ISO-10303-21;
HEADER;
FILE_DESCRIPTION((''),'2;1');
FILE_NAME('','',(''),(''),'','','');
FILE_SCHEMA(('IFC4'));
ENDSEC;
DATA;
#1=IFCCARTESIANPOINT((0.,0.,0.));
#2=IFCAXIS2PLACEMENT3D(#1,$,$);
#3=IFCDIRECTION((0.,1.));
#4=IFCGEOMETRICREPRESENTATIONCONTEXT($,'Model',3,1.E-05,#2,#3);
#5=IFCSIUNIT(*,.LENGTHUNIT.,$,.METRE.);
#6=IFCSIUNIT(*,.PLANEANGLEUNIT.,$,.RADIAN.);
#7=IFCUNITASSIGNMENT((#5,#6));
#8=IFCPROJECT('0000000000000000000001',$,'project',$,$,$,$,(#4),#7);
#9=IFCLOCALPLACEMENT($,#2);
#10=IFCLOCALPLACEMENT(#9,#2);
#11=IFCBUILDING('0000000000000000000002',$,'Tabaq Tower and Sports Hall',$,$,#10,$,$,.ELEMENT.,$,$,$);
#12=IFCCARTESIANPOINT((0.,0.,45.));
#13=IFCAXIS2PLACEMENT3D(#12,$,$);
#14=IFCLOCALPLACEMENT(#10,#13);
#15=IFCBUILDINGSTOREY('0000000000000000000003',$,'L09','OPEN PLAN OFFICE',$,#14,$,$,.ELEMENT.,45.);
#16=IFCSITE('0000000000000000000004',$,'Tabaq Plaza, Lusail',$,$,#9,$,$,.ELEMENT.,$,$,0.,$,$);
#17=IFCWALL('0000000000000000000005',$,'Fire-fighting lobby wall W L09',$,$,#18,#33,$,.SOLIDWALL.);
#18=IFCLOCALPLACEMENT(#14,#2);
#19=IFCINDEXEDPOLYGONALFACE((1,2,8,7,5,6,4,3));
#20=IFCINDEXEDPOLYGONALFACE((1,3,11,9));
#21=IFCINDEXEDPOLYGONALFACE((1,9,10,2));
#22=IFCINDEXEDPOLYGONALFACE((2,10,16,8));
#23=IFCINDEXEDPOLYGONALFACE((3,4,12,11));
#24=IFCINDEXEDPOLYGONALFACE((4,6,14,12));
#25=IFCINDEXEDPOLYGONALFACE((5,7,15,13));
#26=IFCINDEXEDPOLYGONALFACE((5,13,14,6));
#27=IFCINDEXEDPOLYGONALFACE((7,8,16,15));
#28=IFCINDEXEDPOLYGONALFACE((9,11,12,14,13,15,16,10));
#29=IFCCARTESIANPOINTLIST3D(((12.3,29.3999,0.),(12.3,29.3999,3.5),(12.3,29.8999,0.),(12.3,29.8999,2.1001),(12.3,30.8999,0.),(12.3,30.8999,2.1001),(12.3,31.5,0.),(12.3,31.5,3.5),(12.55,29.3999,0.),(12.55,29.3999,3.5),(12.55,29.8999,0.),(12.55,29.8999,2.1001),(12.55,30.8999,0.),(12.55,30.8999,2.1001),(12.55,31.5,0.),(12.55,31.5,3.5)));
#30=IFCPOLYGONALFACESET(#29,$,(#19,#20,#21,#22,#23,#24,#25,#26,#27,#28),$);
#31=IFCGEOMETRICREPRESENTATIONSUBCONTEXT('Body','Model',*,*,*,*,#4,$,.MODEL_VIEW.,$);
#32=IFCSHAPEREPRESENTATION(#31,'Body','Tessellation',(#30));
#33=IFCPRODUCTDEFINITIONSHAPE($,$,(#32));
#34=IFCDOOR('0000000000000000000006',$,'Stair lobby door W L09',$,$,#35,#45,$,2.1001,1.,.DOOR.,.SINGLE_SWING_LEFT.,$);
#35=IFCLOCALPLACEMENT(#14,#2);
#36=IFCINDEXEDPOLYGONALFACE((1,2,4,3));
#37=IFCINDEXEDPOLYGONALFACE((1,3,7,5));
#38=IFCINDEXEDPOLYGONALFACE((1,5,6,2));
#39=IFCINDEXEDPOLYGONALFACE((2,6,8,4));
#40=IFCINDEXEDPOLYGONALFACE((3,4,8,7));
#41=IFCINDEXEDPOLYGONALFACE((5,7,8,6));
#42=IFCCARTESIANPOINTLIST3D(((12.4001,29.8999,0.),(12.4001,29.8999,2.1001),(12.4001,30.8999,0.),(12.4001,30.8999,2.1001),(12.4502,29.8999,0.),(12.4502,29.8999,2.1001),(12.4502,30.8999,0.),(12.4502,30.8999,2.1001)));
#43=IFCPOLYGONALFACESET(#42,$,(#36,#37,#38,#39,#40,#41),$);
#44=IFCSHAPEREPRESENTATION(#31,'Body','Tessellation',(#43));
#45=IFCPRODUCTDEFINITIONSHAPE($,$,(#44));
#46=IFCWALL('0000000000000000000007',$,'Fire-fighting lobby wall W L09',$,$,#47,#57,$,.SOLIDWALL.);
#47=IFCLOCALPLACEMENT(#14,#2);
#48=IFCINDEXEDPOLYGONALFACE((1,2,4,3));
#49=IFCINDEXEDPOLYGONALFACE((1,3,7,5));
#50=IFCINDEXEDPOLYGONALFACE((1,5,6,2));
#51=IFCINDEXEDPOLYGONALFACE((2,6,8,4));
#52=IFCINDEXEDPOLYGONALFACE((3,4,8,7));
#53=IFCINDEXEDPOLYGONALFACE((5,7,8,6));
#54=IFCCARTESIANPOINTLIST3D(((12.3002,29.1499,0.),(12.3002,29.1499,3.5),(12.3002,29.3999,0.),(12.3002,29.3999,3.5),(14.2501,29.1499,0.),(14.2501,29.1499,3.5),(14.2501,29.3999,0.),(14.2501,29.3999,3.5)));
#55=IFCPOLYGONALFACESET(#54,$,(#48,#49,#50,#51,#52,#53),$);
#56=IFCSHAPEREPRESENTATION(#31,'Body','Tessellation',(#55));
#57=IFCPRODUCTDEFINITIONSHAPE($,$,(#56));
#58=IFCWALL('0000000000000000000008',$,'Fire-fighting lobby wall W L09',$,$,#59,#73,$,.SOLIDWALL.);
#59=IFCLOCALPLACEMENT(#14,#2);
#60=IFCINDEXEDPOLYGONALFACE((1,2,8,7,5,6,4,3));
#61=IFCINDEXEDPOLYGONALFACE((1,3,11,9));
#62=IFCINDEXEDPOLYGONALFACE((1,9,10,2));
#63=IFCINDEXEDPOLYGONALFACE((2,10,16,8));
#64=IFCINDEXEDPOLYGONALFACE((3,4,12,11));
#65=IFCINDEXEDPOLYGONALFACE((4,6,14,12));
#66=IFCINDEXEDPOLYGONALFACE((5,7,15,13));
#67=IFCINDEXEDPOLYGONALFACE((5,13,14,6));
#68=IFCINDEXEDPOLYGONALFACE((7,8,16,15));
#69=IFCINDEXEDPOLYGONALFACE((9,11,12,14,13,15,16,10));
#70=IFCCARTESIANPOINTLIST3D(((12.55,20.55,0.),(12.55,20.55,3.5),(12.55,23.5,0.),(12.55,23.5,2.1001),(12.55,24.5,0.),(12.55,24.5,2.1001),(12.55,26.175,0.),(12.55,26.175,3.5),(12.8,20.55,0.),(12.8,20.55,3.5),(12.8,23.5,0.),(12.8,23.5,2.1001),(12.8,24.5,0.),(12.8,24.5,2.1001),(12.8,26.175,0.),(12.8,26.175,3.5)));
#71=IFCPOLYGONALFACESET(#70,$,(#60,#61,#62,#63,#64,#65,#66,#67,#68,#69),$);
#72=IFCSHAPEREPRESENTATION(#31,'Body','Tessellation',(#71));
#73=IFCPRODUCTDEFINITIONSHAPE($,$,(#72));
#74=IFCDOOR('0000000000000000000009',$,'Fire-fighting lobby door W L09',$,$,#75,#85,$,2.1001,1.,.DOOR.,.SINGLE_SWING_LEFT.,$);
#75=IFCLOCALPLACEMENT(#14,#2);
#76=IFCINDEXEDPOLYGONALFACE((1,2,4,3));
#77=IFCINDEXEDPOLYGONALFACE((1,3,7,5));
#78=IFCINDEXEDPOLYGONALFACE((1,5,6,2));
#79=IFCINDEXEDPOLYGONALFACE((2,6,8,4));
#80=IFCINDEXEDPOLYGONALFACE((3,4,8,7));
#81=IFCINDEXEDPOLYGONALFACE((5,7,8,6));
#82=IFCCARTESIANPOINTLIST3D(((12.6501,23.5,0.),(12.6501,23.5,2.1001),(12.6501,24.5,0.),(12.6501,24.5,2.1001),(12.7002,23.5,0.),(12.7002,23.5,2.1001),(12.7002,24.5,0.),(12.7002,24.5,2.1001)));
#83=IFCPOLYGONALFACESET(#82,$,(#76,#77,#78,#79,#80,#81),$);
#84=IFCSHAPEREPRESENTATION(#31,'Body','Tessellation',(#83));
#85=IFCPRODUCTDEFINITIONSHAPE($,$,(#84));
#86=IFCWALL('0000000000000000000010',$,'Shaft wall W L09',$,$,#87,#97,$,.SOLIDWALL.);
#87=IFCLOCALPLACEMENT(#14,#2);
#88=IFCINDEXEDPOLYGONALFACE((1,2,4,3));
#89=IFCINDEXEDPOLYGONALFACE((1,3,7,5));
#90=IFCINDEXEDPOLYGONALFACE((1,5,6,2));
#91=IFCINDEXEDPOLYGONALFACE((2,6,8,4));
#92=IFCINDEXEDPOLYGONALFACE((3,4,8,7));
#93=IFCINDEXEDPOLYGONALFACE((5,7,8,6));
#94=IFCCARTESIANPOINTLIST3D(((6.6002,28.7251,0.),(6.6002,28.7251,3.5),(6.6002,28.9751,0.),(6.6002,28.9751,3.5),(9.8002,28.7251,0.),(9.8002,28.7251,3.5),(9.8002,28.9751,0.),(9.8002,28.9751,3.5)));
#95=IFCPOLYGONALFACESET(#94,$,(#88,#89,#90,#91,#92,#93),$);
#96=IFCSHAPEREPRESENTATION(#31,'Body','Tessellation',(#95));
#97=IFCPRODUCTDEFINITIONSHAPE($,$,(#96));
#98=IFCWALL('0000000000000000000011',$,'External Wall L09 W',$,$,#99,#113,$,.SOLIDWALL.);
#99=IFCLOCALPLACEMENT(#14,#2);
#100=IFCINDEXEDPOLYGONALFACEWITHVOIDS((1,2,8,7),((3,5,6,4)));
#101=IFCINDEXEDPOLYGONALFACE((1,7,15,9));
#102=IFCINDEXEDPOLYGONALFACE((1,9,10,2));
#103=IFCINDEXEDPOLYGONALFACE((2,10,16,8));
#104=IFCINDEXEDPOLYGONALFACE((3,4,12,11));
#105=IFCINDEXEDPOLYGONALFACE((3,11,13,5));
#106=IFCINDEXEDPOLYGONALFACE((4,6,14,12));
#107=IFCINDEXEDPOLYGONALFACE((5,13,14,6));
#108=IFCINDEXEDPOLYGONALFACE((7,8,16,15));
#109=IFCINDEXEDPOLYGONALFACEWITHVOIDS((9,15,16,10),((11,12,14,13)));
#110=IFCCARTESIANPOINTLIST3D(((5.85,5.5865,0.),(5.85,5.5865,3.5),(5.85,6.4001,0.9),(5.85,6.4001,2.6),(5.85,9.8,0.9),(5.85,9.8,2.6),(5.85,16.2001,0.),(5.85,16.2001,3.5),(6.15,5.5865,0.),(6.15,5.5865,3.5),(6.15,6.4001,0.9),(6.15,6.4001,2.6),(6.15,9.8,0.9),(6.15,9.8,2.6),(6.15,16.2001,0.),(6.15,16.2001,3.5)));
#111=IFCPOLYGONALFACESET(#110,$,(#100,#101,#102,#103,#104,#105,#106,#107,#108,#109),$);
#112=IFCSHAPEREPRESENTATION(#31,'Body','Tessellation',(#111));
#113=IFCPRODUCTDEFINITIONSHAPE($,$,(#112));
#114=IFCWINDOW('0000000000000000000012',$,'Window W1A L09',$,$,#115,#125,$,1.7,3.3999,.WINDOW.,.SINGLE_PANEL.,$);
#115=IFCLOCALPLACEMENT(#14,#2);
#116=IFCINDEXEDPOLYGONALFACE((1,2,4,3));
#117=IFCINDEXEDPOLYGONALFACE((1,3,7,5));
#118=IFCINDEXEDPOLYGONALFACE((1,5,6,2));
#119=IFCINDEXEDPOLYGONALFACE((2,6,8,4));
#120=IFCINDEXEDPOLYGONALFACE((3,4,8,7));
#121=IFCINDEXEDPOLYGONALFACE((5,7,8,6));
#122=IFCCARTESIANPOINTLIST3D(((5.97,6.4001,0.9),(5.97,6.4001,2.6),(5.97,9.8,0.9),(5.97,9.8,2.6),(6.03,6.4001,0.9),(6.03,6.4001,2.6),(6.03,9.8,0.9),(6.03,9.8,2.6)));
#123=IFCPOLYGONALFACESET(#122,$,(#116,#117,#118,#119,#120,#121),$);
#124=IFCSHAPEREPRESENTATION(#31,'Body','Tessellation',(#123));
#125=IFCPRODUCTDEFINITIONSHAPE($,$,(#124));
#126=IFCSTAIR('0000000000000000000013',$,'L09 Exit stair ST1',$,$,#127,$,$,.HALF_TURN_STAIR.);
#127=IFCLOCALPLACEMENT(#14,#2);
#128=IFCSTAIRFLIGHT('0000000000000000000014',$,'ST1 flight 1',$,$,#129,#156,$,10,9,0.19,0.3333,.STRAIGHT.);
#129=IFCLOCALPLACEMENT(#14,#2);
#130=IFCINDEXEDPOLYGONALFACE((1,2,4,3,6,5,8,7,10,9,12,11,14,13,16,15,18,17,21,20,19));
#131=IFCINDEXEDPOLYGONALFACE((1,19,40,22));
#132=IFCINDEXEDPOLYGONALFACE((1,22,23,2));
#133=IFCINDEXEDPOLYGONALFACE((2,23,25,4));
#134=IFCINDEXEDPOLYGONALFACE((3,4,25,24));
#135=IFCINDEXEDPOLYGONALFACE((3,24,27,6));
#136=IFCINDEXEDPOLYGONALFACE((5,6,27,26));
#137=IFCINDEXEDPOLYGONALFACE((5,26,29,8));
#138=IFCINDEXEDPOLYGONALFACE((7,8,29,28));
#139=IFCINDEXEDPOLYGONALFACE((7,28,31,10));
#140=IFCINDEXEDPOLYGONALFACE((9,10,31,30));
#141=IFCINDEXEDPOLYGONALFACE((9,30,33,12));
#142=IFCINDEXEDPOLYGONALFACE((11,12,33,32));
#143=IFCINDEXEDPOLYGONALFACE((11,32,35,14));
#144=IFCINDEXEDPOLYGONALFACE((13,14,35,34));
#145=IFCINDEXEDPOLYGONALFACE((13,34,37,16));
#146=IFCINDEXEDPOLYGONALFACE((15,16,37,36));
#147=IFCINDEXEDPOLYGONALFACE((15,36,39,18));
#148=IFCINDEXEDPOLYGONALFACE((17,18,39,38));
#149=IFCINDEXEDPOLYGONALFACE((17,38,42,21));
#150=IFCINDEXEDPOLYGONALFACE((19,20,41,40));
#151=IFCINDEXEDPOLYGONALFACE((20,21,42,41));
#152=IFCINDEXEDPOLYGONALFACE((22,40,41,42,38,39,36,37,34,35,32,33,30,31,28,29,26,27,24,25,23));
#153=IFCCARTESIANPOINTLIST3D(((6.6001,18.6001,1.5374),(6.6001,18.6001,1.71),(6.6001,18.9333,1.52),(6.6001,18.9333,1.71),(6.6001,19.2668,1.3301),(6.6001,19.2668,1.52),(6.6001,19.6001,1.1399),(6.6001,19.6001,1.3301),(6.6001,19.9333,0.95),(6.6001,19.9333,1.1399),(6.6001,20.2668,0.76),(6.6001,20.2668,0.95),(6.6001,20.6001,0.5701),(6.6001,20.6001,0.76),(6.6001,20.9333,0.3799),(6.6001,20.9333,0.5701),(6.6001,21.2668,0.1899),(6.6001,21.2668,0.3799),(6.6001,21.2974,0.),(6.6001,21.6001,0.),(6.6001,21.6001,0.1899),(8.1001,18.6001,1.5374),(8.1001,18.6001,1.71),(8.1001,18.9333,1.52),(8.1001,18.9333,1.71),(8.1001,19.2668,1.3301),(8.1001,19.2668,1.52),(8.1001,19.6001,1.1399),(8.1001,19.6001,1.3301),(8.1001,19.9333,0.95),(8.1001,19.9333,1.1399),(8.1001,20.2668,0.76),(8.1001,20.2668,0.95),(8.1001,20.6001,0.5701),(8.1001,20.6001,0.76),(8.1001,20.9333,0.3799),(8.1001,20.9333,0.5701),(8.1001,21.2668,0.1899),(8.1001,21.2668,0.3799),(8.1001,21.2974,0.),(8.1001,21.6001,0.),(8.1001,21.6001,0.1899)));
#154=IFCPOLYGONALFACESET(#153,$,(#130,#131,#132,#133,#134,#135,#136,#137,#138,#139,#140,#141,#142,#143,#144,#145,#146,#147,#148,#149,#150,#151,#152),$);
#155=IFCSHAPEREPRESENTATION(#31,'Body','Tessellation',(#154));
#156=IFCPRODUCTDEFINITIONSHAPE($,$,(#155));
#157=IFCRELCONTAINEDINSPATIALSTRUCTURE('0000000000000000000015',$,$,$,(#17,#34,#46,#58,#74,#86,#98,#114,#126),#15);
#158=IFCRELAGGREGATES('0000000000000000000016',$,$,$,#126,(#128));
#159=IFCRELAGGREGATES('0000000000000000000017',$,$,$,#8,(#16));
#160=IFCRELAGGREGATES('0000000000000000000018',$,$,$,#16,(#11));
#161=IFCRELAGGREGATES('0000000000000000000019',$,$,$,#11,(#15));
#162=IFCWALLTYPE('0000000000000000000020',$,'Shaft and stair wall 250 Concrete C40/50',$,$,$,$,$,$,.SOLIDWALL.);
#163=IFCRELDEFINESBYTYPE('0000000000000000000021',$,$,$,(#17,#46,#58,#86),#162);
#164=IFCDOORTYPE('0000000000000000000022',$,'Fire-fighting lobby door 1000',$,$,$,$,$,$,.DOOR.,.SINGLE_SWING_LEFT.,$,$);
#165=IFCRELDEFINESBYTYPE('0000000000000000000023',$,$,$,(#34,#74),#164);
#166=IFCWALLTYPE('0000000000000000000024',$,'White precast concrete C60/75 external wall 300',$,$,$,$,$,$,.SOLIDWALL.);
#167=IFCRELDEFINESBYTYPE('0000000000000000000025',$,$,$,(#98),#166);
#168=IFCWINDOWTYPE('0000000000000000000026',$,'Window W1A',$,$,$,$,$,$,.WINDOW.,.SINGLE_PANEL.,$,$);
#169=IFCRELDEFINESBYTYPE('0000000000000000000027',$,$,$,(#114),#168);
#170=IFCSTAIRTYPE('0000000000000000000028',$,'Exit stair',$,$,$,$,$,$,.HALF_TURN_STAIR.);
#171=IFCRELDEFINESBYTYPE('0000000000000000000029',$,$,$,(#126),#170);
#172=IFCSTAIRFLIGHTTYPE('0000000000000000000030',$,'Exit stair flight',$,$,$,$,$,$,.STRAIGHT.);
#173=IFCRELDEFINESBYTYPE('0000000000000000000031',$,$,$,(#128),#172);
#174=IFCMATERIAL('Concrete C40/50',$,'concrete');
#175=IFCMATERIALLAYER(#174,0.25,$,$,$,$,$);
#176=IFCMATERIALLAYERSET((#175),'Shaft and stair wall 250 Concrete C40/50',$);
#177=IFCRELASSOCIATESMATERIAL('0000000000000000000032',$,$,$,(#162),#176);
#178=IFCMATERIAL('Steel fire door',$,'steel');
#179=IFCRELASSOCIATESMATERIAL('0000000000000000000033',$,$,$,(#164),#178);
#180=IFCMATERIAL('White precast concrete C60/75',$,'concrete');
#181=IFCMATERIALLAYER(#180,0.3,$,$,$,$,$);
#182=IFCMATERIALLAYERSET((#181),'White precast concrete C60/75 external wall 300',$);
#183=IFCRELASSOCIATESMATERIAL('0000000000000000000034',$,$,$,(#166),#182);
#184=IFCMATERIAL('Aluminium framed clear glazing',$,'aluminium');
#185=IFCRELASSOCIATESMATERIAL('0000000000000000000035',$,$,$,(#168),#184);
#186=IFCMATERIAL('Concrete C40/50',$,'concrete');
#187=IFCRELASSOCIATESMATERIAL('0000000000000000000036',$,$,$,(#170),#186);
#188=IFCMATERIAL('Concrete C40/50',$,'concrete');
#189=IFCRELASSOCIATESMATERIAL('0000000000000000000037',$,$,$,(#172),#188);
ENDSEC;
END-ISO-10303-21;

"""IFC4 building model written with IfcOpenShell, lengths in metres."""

from ifc_helpers import new_model, si_unit, direction, frame, frame_2d, origin, place, context, subcontext, project, spatial, polyline, rectangle, outline, extrude, material, layer, layer_set, type_object, element, fill, aggregate, save


model = new_model("IFC4")

# Units and contexts
model_context = context("Model", 3, precision=1e-05, world=origin(), true_north=direction((0.0, 1.0)))
body_context = subcontext(model_context, "Body", "Model", "MODEL_VIEW")
ifc_project = project(units=[si_unit("LENGTHUNIT", "METRE"), si_unit("PLANEANGLEUNIT", "RADIAN")], contexts=[model_context])

# Site, building, storey
site_placement = place(None, origin())
site = spatial("IfcSite", under=ifc_project, at=site_placement, Name="Tabaq Plaza, Lusail", CompositionType="ELEMENT", RefElevation=0.0)
building_placement = place(site_placement, origin())
building = spatial("IfcBuilding", under=site, at=building_placement, Name="Tabaq Tower and Sports Hall", CompositionType="ELEMENT")
storey_placement = place(building_placement, frame((0.0, 0.0, 45.0)))
storey = spatial("IfcBuildingStorey", under=building, at=storey_placement, Name="L09", Description="OPEN PLAN OFFICE", CompositionType="ELEMENT", Elevation=45.0)

# Shared definitions
ifc_material_1 = material(Name="Concrete C40/50", Category="concrete")
ifc_layer_1 = layer(ifc_material_1, 0.25)
ifc_layer_set_1 = layer_set([ifc_layer_1], Name="Shaft and stair wall 250 Concrete C40/50")
wall_type_1 = type_object("IfcWallType", Name="Shaft and stair wall 250 Concrete C40/50", PredefinedType="SOLIDWALL", material=ifc_layer_set_1)

# Wall, opening, door
wall_1_placement = place(storey_placement, frame((12.425, 29.3999, 0.0), z_axis=(0.0, 0.0, 1.0), x_axis=(0.0, 1.0, 0.0)))
wall_1 = element("IfcWall", 1, at=wall_1_placement, inside=storey, type_object=wall_type_1, Name="Fire-fighting lobby wall W L09", PredefinedType="SOLIDWALL", context=body_context, shape_type="SweptSolid", body=[
    extrude(rectangle(XDim=2.1001, YDim=0.25, at=frame_2d((1.05, 0.0))), origin(), (0.0, 0.0, 1.0), 3.5),
])
opening_1_placement = place(wall_1_placement, frame((0.5, 0.0, 0.0)))
opening_1 = element("IfcOpeningElement", 2, at=opening_1_placement, cuts=wall_1, PredefinedType="OPENING", context=body_context, shape_type="SweptSolid", body=[
    extrude(rectangle(XDim=1.0, YDim=2.1001, at=frame_2d((0.5, 1.05))), frame((0.0, 0.125, 0.0), z_axis=(0.0, -1.0, 0.0), x_axis=(1.0, 0.0, 0.0)), (0.0, 0.0, 1.0), 0.25),
])
ifc_material_2 = material(Name="Steel fire door", Category="steel")
door_type_1 = type_object("IfcDoorType", Name="Fire-fighting lobby door 1000", OperationType="SINGLE_SWING_LEFT", PredefinedType="DOOR", material=ifc_material_2)
door_1_placement = place(opening_1_placement, origin())
door_1 = element("IfcDoor", 3, at=door_1_placement, inside=storey, type_object=door_type_1, Name="Stair lobby door W L09", OperationType="SINGLE_SWING_LEFT", OverallHeight=2.1001, OverallWidth=1.0, PredefinedType="DOOR", context=body_context, shape_type="SweptSolid", body=[
    extrude(rectangle(XDim=1.0, YDim=2.1001, at=frame_2d((0.5, 1.05))), frame((0.0, 0.0249, 0.0), z_axis=(0.0, -1.0, 0.0), x_axis=(1.0, 0.0, 0.0)), (0.0, 0.0, 1.0), 0.05),
])
fill(opening_1, door_1)

# Wall
wall_2_placement = place(storey_placement, frame((12.3, 29.2749, 0.0), z_axis=(0.0, 0.0, 1.0), x_axis=(1.0, 0.0, 0.0)))
element("IfcWall", 4, at=wall_2_placement, inside=storey, type_object=wall_type_1, Name="Fire-fighting lobby wall W L09", PredefinedType="SOLIDWALL", context=body_context, shape_type="SweptSolid", body=[
    extrude(rectangle(XDim=1.95, YDim=0.25, at=frame_2d((0.9751, 0.0))), origin(), (0.0, 0.0, 1.0), 3.5),
])

# Wall, opening, door
wall_3_placement = place(storey_placement, frame((12.675, 20.55, 0.0), z_axis=(0.0, 0.0, 1.0), x_axis=(0.0, 1.0, 0.0)))
wall_3 = element("IfcWall", 5, at=wall_3_placement, inside=storey, type_object=wall_type_1, Name="Fire-fighting lobby wall W L09", PredefinedType="SOLIDWALL", context=body_context, shape_type="SweptSolid", body=[
    extrude(rectangle(XDim=5.625, YDim=0.25, at=frame_2d((2.8125, 0.0))), origin(), (0.0, 0.0, 1.0), 3.5),
])
opening_2_placement = place(wall_3_placement, frame((2.95, 0.0, 0.0)))
opening_2 = element("IfcOpeningElement", 6, at=opening_2_placement, cuts=wall_3, PredefinedType="OPENING", context=body_context, shape_type="SweptSolid", body=[
    extrude(rectangle(XDim=1.0, YDim=2.1001, at=frame_2d((0.5, 1.05))), frame((0.0, 0.125, 0.0), z_axis=(0.0, -1.0, 0.0), x_axis=(1.0, 0.0, 0.0)), (0.0, 0.0, 1.0), 0.25),
])
door_2_placement = place(opening_2_placement, origin())
door_2 = element("IfcDoor", 7, at=door_2_placement, inside=storey, type_object=door_type_1, Name="Fire-fighting lobby door W L09", OperationType="SINGLE_SWING_LEFT", OverallHeight=2.1001, OverallWidth=1.0, PredefinedType="DOOR", context=body_context, shape_type="SweptSolid", body=[
    extrude(rectangle(XDim=1.0, YDim=2.1001, at=frame_2d((0.5, 1.05))), frame((0.0, 0.0249, 0.0), z_axis=(0.0, -1.0, 0.0), x_axis=(1.0, 0.0, 0.0)), (0.0, 0.0, 1.0), 0.05),
])
fill(opening_2, door_2)

# Wall
wall_4_placement = place(storey_placement, frame((6.6001, 28.8501, 0.0), z_axis=(0.0, 0.0, 1.0), x_axis=(1.0, 0.0, 0.0)))
element("IfcWall", 8, at=wall_4_placement, inside=storey, type_object=wall_type_1, Name="Shaft wall W L09", PredefinedType="SOLIDWALL", context=body_context, shape_type="SweptSolid", body=[
    extrude(rectangle(XDim=3.2, YDim=0.25, at=frame_2d((1.6001, 0.0))), origin(), (0.0, 0.0, 1.0), 3.5),
])

# Wall, opening, window
ifc_material_3 = material(Name="White precast concrete C60/75", Category="concrete")
ifc_layer_2 = layer(ifc_material_3, 0.3)
ifc_layer_set_2 = layer_set([ifc_layer_2], Name="White precast concrete C60/75 external wall 300")
wall_type_2 = type_object("IfcWallType", Name="White precast concrete C60/75 external wall 300", PredefinedType="SOLIDWALL", material=ifc_layer_set_2)
wall_5_placement = place(storey_placement, frame((6.0, 16.2, 0.0), z_axis=(0.0, 0.0, 1.0), x_axis=(0.0, -1.0, 0.0)))
wall_5 = element("IfcWall", 9, at=wall_5_placement, inside=storey, type_object=wall_type_2, Name="External Wall L09 W", PredefinedType="SOLIDWALL", context=body_context, shape_type="SweptSolid", body=[
    extrude(rectangle(XDim=10.6135, YDim=0.3, at=frame_2d((5.3066, 0.0))), origin(), (0.0, 0.0, 1.0), 3.5),
])
opening_3_placement = place(wall_5_placement, frame((6.3999, 0.0, 0.8999)))
opening_3 = element("IfcOpeningElement", 10, at=opening_3_placement, cuts=wall_5, PredefinedType="OPENING", context=body_context, shape_type="SweptSolid", body=[
    extrude(rectangle(XDim=3.3999, YDim=1.7, at=frame_2d((1.7, 0.8501))), frame((0.0, 0.1602, 0.0), z_axis=(0.0, -1.0, 0.0), x_axis=(1.0, 0.0, 0.0)), (0.0, 0.0, 1.0), 0.3201),
])
ifc_material_4 = material(Name="Aluminium framed clear glazing", Category="aluminium")
window_type = type_object("IfcWindowType", Name="Window W1A", PartitioningType="SINGLE_PANEL", PredefinedType="WINDOW", material=ifc_material_4)
window_placement = place(opening_3_placement, origin())
window = element("IfcWindow", 11, at=window_placement, inside=storey, type_object=window_type, Name="Window W1A L09", OverallHeight=1.7, OverallWidth=3.3999, PartitioningType="SINGLE_PANEL", PredefinedType="WINDOW", context=body_context, shape_type="SweptSolid", body=[
    extrude(rectangle(XDim=3.3999, YDim=1.7, at=frame_2d((1.7, 0.8501))), frame((0.0, 0.03, 0.0), z_axis=(0.0, -1.0, 0.0), x_axis=(1.0, 0.0, 0.0)), (0.0, 0.0, 1.0), 0.0601),
])
fill(opening_3, window)

# Stair, stair flight
ifc_material_5 = material(Name="Concrete C40/50", Category="concrete")
stair_type = type_object("IfcStairType", Name="Exit stair", PredefinedType="HALF_TURN_STAIR", material=ifc_material_5)
stair_placement = place(storey_placement, origin())
stair = element("IfcStair", 12, at=stair_placement, inside=storey, type_object=stair_type, Name="L09 Exit stair ST1", PredefinedType="HALF_TURN_STAIR")
ifc_material_6 = material(Name="Concrete C40/50", Category="concrete")
stair_flight_type = type_object("IfcStairFlightType", Name="Exit stair flight", PredefinedType="STRAIGHT", material=ifc_material_6)
stair_flight_1_placement = place(storey_placement, frame((7.3501, 21.6001, 0.0), z_axis=(0.0, 0.0, 1.0), x_axis=(0.0, -1.0, 0.0)))
stair_flight_1 = element("IfcStairFlight", 13, at=stair_flight_1_placement, type_object=stair_flight_type, Name="ST1 flight 1", NumberOfRisers=10, NumberOfTreads=9, PredefinedType="STRAIGHT", RiserHeight=0.19, TreadLength=0.3333, context=body_context, shape_type="SweptSolid", body=[
    extrude(outline(polyline([(0.0, 0.0), (0.0, 0.1899), (0.3333, 0.1899), (0.3333, 0.3799), (0.6667, 0.3799), (0.6667, 0.5701), (1.0, 0.5701), (1.0, 0.76), (1.3333, 0.76), (1.3333, 0.95), (1.6667, 0.95), (1.6667, 1.1399), (2.0, 1.1399), (2.0, 1.3301), (2.3333, 1.3301), (2.3333, 1.52), (2.6667, 1.52), (2.6667, 1.71), (3.0, 1.71), (3.0, 1.8999), (3.0, 1.5374), (0.3027, 0.0), (0.0, 0.0)])), frame((0.0, 0.75, 0.0), z_axis=(0.0, -1.0, 0.0), x_axis=(1.0, 0.0, 0.0)), (0.0, 0.0, 1.0), 1.5),
])
aggregate(stair, [stair_flight_1])

save(model, "model.ifc")
